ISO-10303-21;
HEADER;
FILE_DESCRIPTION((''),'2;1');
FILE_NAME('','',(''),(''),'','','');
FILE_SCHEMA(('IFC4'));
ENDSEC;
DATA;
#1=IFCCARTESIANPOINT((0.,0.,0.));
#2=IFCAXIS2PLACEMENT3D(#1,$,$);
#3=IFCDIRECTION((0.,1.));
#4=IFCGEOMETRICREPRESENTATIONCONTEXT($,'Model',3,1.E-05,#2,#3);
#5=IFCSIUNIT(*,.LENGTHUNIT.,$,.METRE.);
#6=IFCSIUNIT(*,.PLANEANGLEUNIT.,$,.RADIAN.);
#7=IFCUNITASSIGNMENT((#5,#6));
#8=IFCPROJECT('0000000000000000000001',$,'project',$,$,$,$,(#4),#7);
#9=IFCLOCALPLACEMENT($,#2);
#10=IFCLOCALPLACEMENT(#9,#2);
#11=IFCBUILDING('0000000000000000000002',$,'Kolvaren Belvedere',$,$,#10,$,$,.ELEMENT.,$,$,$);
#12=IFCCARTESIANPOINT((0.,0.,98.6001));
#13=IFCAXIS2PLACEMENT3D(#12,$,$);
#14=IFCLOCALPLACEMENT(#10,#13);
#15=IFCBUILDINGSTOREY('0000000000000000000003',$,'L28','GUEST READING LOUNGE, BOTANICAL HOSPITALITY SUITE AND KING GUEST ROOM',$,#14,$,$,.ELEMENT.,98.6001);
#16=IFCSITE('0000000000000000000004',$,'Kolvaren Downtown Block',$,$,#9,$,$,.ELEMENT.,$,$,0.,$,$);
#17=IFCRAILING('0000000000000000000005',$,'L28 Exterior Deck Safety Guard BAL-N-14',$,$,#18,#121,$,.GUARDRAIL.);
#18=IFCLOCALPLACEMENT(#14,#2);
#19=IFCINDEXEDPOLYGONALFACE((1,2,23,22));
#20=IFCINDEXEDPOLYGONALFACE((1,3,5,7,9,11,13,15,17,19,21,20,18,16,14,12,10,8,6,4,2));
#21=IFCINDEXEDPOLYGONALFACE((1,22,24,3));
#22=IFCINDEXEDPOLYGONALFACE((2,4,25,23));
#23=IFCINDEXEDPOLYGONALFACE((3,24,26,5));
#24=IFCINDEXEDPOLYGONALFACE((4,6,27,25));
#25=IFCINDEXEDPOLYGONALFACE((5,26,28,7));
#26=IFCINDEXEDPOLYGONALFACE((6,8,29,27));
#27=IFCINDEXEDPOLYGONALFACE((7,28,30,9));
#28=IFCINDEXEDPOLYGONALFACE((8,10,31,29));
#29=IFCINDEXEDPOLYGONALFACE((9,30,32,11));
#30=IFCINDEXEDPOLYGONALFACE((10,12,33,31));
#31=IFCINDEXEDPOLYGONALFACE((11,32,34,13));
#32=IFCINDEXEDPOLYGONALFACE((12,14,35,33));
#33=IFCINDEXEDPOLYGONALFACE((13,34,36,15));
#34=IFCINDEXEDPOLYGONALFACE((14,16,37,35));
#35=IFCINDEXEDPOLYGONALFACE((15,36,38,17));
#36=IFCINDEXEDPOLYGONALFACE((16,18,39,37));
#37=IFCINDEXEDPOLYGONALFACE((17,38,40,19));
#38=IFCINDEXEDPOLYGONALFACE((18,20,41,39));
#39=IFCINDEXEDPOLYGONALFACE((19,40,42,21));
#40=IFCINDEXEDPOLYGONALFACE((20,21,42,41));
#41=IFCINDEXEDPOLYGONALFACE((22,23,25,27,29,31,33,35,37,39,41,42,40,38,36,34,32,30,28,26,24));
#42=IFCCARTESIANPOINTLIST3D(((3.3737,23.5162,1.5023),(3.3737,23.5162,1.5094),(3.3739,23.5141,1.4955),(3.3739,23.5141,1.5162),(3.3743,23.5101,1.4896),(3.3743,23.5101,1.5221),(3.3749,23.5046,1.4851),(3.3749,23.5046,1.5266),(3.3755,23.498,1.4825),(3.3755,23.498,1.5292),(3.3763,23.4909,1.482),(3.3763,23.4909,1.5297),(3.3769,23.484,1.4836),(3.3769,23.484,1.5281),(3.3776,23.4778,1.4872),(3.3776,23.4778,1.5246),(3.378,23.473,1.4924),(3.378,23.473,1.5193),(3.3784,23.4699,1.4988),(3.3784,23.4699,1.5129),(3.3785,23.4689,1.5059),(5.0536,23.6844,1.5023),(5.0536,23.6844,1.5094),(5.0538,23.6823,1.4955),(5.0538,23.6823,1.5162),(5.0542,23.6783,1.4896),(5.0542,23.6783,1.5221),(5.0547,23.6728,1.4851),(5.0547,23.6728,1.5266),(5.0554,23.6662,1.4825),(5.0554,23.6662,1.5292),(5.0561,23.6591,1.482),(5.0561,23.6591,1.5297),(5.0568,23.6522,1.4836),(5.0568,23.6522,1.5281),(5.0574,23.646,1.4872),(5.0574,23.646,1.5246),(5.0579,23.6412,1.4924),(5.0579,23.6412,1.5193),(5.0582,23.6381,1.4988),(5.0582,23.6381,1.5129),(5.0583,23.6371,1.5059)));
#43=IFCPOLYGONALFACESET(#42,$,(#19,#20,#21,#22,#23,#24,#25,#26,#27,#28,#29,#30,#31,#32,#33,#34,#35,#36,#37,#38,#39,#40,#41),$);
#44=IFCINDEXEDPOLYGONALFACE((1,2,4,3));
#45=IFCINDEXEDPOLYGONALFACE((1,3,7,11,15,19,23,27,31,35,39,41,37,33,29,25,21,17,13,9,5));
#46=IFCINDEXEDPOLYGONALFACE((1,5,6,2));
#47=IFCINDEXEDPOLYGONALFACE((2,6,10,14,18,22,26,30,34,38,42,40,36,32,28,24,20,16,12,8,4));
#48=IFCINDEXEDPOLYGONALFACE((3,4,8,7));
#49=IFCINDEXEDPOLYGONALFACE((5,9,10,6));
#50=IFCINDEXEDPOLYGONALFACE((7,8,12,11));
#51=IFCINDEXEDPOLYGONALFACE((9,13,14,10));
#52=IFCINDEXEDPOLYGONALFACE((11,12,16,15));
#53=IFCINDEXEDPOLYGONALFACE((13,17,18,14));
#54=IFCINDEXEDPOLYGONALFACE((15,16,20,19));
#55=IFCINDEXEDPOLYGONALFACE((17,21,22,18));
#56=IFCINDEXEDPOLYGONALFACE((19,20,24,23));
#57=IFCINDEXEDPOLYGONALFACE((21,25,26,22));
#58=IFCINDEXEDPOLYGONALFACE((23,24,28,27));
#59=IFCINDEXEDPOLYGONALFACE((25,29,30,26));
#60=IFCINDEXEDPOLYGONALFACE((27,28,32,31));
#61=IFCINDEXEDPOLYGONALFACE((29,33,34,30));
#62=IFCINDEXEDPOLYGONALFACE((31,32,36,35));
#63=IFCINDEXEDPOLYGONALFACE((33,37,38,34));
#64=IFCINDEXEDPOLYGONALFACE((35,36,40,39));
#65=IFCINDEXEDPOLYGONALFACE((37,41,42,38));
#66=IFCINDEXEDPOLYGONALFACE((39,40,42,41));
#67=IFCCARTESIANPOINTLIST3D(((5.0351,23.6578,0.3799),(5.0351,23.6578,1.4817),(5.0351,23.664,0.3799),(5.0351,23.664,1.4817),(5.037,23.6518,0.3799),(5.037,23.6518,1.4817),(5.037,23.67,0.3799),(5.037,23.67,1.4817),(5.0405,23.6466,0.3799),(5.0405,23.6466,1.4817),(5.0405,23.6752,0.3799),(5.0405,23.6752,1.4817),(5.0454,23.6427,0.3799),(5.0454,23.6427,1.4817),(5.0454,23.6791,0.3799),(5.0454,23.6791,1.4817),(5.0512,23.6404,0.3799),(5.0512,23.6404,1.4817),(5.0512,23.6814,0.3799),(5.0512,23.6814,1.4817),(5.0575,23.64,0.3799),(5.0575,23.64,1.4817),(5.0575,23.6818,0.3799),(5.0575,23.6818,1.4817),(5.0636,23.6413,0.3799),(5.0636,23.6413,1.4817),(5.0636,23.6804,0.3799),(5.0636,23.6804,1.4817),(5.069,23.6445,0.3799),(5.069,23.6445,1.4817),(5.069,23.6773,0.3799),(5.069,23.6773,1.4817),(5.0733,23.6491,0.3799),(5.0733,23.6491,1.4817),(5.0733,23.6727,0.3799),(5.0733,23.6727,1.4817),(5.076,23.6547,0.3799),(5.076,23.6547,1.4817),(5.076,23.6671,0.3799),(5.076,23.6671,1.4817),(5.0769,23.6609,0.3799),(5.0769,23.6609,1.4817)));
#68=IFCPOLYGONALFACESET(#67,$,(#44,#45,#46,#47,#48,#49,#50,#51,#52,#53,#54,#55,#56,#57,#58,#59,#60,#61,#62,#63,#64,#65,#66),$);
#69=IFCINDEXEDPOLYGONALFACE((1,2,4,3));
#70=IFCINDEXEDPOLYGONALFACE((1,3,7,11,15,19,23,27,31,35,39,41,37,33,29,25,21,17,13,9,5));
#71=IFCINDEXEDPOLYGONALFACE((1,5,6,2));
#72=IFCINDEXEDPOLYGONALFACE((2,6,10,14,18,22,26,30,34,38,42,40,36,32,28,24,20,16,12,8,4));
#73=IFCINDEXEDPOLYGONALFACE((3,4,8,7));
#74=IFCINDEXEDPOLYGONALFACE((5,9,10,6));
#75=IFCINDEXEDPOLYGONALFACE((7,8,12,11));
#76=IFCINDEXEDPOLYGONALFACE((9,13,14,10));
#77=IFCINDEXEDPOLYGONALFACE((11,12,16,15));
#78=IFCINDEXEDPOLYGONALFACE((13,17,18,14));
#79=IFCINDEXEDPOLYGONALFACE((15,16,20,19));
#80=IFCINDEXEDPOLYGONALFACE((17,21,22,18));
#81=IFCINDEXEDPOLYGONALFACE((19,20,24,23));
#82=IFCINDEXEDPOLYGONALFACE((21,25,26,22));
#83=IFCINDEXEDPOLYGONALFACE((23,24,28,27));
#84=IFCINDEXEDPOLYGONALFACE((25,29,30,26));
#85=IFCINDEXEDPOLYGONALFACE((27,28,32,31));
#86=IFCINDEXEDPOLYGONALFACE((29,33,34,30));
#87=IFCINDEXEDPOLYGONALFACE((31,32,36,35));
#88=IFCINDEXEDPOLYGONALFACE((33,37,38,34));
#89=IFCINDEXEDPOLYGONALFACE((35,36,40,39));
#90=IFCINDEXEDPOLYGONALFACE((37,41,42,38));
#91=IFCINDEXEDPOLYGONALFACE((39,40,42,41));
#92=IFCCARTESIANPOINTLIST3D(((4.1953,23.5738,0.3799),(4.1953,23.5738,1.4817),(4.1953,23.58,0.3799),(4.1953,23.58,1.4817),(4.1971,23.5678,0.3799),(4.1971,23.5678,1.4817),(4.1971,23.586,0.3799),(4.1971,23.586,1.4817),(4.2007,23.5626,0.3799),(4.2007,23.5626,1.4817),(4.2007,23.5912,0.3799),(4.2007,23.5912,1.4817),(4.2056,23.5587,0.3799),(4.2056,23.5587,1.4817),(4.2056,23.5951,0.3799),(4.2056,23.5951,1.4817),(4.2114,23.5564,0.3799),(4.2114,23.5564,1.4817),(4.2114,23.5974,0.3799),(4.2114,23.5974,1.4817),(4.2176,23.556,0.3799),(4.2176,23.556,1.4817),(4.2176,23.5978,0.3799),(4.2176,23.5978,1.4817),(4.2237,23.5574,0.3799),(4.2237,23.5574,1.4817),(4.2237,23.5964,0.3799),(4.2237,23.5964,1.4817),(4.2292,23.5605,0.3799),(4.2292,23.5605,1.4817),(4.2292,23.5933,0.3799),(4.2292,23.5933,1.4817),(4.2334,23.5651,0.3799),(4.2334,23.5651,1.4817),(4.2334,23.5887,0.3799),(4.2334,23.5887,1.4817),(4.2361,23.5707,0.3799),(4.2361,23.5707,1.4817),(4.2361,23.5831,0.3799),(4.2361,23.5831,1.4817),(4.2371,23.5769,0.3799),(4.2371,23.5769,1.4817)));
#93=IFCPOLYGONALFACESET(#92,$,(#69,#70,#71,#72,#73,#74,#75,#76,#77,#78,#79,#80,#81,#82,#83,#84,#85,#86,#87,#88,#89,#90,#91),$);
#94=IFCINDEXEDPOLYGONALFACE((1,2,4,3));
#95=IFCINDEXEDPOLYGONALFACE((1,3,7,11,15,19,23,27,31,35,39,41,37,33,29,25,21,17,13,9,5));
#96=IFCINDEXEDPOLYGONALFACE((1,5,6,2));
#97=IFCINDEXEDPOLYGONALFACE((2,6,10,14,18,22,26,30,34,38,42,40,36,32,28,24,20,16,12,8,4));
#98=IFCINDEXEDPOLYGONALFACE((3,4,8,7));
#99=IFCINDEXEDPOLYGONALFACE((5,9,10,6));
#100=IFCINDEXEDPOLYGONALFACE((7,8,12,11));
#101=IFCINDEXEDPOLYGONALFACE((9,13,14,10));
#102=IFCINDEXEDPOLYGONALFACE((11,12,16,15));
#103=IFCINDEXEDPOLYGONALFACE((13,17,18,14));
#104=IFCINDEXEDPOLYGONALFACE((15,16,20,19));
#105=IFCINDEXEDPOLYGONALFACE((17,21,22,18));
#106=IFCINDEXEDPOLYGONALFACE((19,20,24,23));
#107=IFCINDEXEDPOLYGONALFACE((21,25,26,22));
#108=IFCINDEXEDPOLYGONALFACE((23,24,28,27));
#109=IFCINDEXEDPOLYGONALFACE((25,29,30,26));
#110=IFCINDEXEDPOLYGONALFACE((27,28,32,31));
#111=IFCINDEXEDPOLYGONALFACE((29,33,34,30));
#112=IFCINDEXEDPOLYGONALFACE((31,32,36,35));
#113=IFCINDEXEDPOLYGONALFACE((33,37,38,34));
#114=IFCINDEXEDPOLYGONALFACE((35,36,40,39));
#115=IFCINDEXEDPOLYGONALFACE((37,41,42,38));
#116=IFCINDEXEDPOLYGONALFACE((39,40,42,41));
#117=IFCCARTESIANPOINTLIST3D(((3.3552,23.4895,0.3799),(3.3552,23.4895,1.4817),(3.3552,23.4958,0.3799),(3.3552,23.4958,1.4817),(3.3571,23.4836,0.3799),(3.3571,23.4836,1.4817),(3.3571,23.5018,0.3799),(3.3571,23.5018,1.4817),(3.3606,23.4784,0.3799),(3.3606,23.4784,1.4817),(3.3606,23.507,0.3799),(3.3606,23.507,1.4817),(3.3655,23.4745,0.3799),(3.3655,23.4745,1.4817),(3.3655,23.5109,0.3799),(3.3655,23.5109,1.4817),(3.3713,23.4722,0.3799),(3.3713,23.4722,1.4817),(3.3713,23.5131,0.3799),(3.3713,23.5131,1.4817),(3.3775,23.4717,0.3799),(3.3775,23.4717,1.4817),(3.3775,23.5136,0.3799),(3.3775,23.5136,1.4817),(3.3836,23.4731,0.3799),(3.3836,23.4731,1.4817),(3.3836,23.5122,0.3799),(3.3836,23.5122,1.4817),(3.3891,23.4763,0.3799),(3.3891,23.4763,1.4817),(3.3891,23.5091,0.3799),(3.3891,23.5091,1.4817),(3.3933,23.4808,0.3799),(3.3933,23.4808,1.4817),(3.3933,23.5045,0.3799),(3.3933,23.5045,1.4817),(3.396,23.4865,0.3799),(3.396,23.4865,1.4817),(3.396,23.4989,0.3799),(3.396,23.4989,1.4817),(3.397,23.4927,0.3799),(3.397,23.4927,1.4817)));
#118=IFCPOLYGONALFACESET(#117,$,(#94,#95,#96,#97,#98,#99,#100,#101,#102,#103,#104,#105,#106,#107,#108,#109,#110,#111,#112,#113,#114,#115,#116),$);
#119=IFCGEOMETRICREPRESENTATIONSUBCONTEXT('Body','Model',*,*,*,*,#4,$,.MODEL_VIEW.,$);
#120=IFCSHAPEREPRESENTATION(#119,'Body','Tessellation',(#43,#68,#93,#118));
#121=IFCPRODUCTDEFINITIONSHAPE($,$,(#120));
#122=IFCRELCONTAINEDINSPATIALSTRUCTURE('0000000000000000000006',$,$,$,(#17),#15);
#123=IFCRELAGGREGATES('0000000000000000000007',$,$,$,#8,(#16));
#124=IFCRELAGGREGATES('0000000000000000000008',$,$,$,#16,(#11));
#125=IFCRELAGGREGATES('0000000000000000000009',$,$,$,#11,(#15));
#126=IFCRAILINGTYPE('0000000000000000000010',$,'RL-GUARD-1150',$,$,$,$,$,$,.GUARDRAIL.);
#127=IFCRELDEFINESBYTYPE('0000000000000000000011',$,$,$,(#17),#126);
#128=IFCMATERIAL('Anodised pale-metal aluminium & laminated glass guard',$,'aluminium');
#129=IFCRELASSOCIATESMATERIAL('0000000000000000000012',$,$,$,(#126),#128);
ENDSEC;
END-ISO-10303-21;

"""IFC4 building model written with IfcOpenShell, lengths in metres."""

from ifc_helpers import new_model, si_unit, direction, frame, origin, origin_2d, place, context, subcontext, project, spatial, circle, extrude, material, type_object, element, save


model = new_model("IFC4")

# Units and contexts
model_context = context("Model", 3, precision=1e-05, world=origin(), true_north=direction((0.0, 1.0)))
body_context = subcontext(model_context, "Body", "Model", "MODEL_VIEW")
ifc_project = project(units=[si_unit("LENGTHUNIT", "METRE"), si_unit("PLANEANGLEUNIT", "RADIAN")], contexts=[model_context])

# Site, building, storey
site_placement = place(None, origin())
site = spatial("IfcSite", under=ifc_project, at=site_placement, Name="Kolvaren Downtown Block", CompositionType="ELEMENT", RefElevation=0.0)
building_placement = place(site_placement, origin())
building = spatial("IfcBuilding", under=site, at=building_placement, Name="Kolvaren Belvedere", CompositionType="ELEMENT")
storey_placement = place(building_placement, frame((0.0, 0.0, 98.6001)))
storey = spatial("IfcBuildingStorey", under=building, at=storey_placement, Name="L28", Description="GUEST READING LOUNGE, BOTANICAL HOSPITALITY SUITE AND KING GUEST ROOM", CompositionType="ELEMENT", Elevation=98.6001)

# Railing
ifc_material_1 = material(Name="Anodised pale-metal aluminium & laminated glass guard", Category="aluminium")
railing_type = type_object("IfcRailingType", Name="RL-GUARD-1150", PredefinedType="GUARDRAIL", material=ifc_material_1)
railing_1_placement = place(storey_placement, frame((5.0559, 23.6609, 0.3799)))
element("IfcRailing", 1, at=railing_1_placement, inside=storey, type_object=railing_type, Name="L28 Exterior Deck Safety Guard BAL-N-14", PredefinedType="GUARDRAIL", context=body_context, shape_type="SweptSolid", body=[
    extrude(circle(Radius=0.0239, at=origin_2d()), frame((0.0, 0.0, 1.126), z_axis=(-0.995024, -0.099633, 0.0), x_axis=(0.099633, -0.995024, 0.0)), (0.0, 0.0, 1.0), 1.6882),
    extrude(circle(Radius=0.021, at=origin_2d()), origin(), (0.0, 0.0, 1.0), 1.1018),
    extrude(circle(Radius=0.021, at=origin_2d()), frame((-0.8398, -0.084, 0.0)), (0.0, 0.0, 1.0), 1.1018),
    extrude(circle(Radius=0.021, at=origin_2d()), frame((-1.6799, -0.1682, 0.0)), (0.0, 0.0, 1.0), 1.1018),
])

save(model, "model.ifc")
